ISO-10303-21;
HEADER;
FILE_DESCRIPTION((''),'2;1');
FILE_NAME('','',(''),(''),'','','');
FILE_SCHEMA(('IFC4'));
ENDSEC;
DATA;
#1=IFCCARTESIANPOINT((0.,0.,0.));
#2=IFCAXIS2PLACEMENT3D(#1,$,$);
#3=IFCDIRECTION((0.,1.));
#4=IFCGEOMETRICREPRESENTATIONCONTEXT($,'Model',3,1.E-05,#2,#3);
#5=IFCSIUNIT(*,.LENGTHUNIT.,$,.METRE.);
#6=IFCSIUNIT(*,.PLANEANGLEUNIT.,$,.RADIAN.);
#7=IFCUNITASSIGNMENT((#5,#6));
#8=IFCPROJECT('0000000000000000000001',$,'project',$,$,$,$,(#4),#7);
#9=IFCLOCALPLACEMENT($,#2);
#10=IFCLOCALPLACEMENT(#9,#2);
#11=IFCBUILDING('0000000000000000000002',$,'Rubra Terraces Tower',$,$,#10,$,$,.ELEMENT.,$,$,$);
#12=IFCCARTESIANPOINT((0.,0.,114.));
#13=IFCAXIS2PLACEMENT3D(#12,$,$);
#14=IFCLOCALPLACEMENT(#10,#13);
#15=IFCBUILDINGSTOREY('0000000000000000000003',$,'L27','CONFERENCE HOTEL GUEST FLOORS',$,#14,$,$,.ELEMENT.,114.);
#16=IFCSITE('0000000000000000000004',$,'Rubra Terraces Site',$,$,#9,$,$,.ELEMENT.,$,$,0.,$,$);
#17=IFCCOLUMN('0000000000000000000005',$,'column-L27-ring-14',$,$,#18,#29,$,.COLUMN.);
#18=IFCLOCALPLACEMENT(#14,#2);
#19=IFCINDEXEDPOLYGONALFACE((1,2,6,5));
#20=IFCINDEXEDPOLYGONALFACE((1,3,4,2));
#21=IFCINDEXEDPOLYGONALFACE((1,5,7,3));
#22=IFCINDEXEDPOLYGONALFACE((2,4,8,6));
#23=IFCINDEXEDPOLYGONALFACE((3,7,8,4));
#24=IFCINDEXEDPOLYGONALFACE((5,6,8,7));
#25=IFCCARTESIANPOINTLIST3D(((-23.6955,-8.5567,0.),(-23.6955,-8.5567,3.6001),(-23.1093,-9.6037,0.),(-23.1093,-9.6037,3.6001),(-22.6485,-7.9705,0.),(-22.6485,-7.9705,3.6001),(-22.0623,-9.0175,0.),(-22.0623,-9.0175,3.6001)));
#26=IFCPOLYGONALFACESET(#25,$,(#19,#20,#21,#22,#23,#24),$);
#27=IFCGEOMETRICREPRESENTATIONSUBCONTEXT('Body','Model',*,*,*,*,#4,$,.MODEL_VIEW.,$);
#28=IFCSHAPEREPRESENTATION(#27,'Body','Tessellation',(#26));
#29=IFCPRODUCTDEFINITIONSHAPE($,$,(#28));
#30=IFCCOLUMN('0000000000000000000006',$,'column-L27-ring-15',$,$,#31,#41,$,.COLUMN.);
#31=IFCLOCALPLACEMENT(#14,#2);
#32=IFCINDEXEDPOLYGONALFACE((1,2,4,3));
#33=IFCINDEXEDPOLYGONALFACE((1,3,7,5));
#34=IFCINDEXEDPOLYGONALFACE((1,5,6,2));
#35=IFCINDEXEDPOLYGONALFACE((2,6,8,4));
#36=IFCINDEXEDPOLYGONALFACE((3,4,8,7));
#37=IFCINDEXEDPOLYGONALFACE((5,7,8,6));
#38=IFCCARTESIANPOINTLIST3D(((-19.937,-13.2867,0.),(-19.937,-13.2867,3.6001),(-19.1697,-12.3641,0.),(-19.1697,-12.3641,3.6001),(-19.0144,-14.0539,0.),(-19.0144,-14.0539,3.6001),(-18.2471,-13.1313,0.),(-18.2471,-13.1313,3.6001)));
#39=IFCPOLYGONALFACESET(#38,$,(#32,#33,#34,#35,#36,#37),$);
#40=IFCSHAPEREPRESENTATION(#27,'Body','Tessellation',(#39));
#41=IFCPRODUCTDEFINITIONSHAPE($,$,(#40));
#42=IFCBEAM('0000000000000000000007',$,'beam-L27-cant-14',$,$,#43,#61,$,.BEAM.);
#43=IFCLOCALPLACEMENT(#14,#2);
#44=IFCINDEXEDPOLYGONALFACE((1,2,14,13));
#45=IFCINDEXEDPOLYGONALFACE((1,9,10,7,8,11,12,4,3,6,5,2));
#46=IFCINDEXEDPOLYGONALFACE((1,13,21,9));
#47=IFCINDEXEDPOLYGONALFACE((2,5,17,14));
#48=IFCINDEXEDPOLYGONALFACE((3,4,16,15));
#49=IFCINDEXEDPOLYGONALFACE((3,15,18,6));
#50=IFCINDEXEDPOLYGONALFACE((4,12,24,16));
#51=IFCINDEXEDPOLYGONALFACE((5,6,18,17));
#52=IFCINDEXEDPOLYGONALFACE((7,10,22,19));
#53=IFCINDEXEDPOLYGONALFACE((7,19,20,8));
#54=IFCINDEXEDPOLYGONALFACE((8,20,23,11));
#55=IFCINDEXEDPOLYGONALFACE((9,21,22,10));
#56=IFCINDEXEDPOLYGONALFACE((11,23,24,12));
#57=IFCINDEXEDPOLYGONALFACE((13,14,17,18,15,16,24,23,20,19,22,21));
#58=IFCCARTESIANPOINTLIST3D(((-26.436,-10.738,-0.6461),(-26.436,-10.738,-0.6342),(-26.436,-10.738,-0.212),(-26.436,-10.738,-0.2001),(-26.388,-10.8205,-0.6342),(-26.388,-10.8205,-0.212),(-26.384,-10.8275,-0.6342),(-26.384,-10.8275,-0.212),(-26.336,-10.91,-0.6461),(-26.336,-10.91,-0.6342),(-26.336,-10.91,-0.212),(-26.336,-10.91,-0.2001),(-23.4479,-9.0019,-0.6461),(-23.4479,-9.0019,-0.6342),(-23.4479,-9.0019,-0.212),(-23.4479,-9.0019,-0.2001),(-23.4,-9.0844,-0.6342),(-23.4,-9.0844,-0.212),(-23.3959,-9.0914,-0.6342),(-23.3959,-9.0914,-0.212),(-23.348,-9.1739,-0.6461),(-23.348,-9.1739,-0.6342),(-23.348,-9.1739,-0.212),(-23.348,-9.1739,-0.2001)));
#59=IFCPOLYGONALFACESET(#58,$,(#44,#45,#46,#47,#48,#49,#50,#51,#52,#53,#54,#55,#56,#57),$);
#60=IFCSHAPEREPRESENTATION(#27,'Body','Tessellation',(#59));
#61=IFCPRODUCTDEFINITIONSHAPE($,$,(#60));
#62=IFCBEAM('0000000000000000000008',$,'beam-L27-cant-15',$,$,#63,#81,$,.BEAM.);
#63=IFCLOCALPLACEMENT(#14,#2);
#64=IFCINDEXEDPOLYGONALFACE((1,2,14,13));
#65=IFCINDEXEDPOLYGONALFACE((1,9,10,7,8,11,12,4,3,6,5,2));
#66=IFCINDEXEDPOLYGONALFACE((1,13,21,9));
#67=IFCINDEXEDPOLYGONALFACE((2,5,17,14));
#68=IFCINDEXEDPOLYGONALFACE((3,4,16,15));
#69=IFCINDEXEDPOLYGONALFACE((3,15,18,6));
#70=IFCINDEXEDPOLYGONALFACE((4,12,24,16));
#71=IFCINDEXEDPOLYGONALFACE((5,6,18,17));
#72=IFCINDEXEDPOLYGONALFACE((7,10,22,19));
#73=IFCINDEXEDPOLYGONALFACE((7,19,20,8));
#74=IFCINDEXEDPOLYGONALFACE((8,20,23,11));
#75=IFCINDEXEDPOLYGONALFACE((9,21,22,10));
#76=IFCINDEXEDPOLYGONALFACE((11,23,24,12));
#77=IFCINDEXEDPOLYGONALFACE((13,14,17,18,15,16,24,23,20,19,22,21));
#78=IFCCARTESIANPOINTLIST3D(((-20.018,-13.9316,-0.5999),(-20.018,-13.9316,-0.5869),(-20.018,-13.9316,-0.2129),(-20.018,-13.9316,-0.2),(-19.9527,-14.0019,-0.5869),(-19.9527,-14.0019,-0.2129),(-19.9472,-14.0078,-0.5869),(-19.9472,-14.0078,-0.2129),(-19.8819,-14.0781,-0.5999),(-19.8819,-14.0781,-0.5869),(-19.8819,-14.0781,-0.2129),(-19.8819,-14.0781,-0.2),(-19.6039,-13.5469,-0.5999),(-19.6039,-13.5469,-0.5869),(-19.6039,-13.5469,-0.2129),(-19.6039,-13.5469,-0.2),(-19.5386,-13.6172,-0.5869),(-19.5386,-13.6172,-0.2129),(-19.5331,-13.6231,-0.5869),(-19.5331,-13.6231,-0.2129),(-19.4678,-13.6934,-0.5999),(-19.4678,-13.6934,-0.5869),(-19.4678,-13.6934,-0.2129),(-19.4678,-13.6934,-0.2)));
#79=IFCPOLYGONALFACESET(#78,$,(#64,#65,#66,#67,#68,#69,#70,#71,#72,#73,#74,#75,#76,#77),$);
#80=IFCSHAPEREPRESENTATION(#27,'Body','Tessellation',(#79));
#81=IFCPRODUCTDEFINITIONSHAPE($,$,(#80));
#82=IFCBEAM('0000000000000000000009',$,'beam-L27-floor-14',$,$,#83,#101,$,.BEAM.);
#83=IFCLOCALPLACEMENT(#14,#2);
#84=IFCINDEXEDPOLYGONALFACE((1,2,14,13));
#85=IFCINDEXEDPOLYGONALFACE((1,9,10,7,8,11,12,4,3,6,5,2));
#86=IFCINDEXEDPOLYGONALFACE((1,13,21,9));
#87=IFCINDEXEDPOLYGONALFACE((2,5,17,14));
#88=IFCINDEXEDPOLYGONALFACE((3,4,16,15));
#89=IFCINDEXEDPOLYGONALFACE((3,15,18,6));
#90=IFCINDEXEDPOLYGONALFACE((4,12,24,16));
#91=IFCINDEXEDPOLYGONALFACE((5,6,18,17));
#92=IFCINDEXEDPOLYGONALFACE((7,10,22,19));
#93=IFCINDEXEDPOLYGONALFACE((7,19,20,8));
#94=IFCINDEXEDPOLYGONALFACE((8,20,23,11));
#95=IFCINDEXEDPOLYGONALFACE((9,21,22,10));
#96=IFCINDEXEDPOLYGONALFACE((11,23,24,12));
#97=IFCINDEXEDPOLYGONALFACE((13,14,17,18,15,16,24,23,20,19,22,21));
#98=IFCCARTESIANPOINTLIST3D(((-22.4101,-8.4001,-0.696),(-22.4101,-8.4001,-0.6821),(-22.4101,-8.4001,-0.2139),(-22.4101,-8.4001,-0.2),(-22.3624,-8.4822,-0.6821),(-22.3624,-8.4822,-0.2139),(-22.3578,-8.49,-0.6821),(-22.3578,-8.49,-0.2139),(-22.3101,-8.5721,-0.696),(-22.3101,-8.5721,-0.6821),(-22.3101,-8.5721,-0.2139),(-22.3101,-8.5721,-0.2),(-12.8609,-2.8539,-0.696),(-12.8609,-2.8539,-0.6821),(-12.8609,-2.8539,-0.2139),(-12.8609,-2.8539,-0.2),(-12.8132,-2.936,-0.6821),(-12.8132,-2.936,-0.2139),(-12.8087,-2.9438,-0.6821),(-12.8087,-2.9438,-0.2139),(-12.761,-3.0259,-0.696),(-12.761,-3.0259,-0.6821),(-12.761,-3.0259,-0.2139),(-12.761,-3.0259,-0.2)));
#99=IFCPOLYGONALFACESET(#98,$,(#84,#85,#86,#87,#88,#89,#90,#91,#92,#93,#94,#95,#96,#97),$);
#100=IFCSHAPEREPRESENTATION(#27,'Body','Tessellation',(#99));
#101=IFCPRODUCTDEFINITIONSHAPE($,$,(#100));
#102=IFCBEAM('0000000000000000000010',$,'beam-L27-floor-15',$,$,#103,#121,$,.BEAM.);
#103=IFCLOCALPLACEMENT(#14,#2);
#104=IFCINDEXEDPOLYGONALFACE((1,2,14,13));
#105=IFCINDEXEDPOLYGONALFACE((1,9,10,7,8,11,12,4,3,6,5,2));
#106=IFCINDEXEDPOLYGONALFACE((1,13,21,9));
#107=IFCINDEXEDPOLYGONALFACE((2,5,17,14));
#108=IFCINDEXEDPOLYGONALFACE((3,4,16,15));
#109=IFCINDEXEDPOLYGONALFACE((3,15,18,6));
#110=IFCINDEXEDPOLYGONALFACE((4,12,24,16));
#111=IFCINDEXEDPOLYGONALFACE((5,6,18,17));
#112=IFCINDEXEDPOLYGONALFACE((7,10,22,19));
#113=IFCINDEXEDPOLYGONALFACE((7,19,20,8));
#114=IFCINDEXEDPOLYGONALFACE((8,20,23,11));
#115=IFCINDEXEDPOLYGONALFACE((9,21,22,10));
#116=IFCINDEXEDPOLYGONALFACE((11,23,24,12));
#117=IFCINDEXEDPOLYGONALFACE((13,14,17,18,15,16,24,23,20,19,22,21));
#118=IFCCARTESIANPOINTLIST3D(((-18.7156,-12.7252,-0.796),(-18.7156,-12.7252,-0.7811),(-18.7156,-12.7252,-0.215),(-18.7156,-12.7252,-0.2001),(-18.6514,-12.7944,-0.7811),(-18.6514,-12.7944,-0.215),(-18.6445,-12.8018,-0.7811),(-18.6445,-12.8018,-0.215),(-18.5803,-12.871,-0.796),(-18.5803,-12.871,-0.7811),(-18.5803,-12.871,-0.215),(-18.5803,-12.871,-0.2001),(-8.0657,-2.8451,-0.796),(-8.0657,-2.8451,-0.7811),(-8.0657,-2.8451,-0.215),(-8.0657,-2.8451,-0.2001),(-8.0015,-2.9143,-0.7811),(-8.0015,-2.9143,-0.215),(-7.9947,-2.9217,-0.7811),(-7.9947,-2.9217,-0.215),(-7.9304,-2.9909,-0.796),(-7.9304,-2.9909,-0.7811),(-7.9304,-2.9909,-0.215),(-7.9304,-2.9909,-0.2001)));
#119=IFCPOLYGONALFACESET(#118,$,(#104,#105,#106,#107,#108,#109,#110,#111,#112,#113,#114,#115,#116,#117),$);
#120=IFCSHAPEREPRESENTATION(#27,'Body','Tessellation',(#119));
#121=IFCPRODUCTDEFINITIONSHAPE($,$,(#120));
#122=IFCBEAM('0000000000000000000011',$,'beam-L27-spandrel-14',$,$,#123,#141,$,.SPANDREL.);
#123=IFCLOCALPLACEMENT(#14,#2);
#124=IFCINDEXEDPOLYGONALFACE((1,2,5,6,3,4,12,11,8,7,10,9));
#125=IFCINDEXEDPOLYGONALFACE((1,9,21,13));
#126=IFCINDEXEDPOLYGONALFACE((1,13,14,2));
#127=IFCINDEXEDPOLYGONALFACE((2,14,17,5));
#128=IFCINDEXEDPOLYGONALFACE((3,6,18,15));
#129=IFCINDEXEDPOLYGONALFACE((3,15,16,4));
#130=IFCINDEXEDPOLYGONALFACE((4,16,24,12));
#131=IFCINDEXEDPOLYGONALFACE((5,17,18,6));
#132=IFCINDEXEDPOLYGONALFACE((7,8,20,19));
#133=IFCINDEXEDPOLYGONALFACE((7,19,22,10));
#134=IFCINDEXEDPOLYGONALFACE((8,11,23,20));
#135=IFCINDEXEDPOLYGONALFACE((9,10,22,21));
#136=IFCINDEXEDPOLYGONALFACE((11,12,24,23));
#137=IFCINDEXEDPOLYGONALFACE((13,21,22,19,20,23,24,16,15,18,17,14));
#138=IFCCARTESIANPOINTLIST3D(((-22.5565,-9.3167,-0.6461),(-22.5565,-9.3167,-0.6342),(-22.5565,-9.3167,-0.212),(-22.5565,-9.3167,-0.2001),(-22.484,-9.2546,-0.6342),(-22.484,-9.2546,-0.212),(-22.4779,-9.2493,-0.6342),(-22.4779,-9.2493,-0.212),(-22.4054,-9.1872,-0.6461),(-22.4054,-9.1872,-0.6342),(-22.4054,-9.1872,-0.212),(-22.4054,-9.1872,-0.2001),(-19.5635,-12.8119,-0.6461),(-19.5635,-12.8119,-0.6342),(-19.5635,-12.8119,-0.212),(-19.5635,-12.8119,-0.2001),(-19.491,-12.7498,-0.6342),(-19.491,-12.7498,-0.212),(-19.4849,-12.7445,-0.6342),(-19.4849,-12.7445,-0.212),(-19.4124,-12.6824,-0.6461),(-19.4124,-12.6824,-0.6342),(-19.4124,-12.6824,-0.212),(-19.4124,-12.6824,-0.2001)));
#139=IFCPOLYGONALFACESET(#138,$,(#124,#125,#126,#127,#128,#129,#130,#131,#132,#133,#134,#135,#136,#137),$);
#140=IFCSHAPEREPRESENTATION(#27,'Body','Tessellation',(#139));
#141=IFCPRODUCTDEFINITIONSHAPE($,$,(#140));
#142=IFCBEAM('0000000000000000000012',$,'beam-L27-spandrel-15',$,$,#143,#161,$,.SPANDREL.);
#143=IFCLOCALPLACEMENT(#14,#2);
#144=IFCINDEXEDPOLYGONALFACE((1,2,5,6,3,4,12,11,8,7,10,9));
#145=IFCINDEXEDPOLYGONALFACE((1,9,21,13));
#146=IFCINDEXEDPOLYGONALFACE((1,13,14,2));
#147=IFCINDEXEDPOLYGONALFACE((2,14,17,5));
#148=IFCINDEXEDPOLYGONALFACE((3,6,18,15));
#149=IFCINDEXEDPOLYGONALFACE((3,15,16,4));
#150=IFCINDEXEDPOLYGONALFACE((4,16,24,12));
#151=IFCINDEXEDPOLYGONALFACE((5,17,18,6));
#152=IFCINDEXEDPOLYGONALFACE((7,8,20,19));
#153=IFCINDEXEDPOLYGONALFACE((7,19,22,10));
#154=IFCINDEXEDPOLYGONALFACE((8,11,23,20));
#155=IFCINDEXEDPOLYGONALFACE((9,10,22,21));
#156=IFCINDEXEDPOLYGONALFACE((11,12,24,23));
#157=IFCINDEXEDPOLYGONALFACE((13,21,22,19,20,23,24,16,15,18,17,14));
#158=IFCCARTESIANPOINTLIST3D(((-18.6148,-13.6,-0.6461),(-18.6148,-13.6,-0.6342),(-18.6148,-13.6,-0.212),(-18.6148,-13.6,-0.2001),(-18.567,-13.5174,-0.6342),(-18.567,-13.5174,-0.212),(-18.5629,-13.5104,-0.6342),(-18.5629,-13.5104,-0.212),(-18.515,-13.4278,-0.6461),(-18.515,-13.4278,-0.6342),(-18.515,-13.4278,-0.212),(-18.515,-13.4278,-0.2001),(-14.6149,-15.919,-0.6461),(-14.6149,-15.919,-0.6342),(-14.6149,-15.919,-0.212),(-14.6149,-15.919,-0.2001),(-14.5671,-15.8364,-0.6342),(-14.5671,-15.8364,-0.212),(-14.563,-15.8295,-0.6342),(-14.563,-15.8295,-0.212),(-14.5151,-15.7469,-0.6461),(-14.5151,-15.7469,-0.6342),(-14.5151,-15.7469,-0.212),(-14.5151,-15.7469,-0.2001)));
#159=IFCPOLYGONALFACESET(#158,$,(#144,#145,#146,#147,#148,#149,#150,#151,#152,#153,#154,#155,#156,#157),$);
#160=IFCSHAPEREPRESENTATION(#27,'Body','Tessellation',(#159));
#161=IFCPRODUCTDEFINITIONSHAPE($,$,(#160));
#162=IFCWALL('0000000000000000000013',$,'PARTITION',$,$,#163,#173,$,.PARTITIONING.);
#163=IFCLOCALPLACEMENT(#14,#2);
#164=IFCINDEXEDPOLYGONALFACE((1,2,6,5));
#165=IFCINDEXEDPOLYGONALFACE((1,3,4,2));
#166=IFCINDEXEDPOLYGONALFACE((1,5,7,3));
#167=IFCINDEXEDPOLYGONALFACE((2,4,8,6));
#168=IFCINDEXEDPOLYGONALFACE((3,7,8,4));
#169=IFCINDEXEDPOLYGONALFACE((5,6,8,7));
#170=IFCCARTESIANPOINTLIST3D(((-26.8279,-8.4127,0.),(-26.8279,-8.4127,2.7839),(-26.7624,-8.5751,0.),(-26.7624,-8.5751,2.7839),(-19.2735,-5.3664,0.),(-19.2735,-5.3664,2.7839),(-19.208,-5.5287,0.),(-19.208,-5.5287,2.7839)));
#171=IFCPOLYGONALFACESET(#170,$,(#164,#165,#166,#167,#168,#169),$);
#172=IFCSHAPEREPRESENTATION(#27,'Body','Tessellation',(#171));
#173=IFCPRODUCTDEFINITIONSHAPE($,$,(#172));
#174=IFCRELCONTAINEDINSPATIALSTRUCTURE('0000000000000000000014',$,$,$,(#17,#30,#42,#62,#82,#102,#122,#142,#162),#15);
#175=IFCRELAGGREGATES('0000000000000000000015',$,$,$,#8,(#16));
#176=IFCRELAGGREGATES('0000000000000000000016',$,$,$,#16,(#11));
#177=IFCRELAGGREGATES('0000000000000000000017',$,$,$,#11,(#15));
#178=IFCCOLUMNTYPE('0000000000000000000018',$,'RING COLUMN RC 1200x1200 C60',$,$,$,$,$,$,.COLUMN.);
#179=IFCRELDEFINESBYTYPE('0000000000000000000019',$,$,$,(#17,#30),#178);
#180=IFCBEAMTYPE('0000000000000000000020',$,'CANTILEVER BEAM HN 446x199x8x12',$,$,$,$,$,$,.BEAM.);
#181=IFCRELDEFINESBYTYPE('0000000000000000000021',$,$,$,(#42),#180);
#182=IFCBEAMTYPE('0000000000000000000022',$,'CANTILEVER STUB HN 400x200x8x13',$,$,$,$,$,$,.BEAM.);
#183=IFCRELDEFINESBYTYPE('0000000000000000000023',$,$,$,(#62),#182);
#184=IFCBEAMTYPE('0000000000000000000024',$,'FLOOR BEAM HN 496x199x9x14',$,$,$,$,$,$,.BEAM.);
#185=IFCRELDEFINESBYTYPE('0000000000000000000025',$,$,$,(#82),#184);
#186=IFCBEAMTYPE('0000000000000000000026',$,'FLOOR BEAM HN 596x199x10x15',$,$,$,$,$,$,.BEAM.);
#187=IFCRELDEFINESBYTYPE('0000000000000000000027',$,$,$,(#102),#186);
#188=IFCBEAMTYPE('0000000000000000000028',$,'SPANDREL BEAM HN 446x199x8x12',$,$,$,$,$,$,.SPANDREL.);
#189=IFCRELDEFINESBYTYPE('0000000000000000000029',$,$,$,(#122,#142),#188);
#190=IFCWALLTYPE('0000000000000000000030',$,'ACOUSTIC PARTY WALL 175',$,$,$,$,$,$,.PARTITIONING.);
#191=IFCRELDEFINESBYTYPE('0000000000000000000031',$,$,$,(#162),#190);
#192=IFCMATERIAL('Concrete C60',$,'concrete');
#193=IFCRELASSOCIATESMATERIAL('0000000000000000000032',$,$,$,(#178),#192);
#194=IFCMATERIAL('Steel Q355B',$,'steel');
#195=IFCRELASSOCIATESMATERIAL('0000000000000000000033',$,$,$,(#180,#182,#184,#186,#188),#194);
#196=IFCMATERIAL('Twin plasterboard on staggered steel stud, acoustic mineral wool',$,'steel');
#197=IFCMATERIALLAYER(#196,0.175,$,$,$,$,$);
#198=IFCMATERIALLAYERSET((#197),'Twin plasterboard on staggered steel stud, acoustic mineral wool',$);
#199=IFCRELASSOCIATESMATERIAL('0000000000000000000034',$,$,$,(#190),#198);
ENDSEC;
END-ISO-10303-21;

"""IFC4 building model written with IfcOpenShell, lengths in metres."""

from ifc_helpers import new_model, si_unit, direction, frame, frame_2d, origin, origin_2d, place, context, subcontext, project, spatial, rectangle, i_section, extrude, material, layer, layer_set, material_profile, profile_set, type_object, element, save


model = new_model("IFC4")

# Units and contexts
model_context = context("Model", 3, precision=1e-05, world=origin(), true_north=direction((0.0, 1.0)))
body_context = subcontext(model_context, "Body", "Model", "MODEL_VIEW")
ifc_project = project(units=[si_unit("LENGTHUNIT", "METRE"), si_unit("PLANEANGLEUNIT", "RADIAN")], contexts=[model_context])

# Site, building, storey
site_placement = place(None, origin())
site = spatial("IfcSite", under=ifc_project, at=site_placement, Name="Rubra Terraces Site", CompositionType="ELEMENT", RefElevation=0.0)
building_placement = place(site_placement, origin())
building = spatial("IfcBuilding", under=site, at=building_placement, Name="Rubra Terraces Tower", CompositionType="ELEMENT")
storey_placement = place(building_placement, frame((0.0, 0.0, 114.0)))
storey = spatial("IfcBuildingStorey", under=building, at=storey_placement, Name="L27", Description="CONFERENCE HOTEL GUEST FLOORS", CompositionType="ELEMENT", Elevation=114.0)

# Columns
ifc_material_1 = material(Name="Concrete C60", Category="concrete")
ifc_material_profile_1 = material_profile(ifc_material_1, rectangle(XDim=1.2, YDim=1.2, at=origin_2d()), Name="RC 1200x1200")
ifc_profile_set_1 = profile_set([ifc_material_profile_1], Name="Concrete C60")
column_type = type_object("IfcColumnType", Name="RING COLUMN RC 1200x1200 C60", PredefinedType="COLUMN", material=ifc_profile_set_1)
for number, where, z_axis, x_axis, name in (
    (1, (-22.8789, -8.7871, 0.0), (0.0, 0.0, 1.0), (0.488526, -0.872549, 0.0), "column-L27-ring-14"),
    (2, (-19.092, -13.209, 0.0), (0.0, 0.0, 1.0), (0.76887, -0.639405, 0.0), "column-L27-ring-15"),
):
    element("IfcColumn", number, at=place(storey_placement, frame(where, z_axis=z_axis, x_axis=x_axis)), inside=storey, type_object=column_type, Name=name, PredefinedType="COLUMN", context=body_context, shape_type="SweptSolid", body=[
        extrude(rectangle(XDim=1.2, YDim=1.2, at=origin_2d()), origin(), (0.0, 0.0, 1.0), 3.6001),
    ])

# Beams
ifc_material_2 = material(Name="Steel Q355B", Category="steel")
ifc_material_profile_2 = material_profile(ifc_material_2, i_section(OverallWidth=0.199, OverallDepth=0.446, WebThickness=0.0081, FlangeThickness=0.012, at=origin_2d()), Name="HN 446x199x8x12")
ifc_profile_set_2 = profile_set([ifc_material_profile_2], Name="Steel Q355B")
beam_type_1 = type_object("IfcBeamType", Name="CANTILEVER BEAM HN 446x199x8x12", PredefinedType="BEAM", material=ifc_profile_set_2)
beam_1_placement = place(storey_placement, frame((-23.3979, -9.0879, -0.4231), z_axis=(-0.864651, -0.502372, 0.0), x_axis=(0.502372, -0.864651, 0.0)))
element("IfcBeam", 3, at=beam_1_placement, inside=storey, type_object=beam_type_1, Name="beam-L27-cant-14", PredefinedType="BEAM", context=body_context, shape_type="SweptSolid", body=[
    extrude(i_section(OverallWidth=0.199, OverallDepth=0.446, WebThickness=0.0081, FlangeThickness=0.012, at=origin_2d()), origin(), (0.0, 0.0, 1.0), 3.4558),
])
ifc_material_profile_3 = material_profile(ifc_material_2, i_section(OverallWidth=0.2, OverallDepth=0.3999, WebThickness=0.0081, FlangeThickness=0.0129, at=origin_2d()), Name="HN 400x200x8x13")
ifc_profile_set_3 = profile_set([ifc_material_profile_3], Name="Steel Q355B")
beam_type_2 = type_object("IfcBeamType", Name="CANTILEVER STUB HN 400x200x8x13", PredefinedType="BEAM", material=ifc_profile_set_3)
beam_2_placement = place(storey_placement, frame((-19.5359, -13.6201, -0.3999), z_axis=(-0.732547, -0.680716, 0.0), x_axis=(0.680716, -0.732547, 0.0)))
element("IfcBeam", 4, at=beam_2_placement, inside=storey, type_object=beam_type_2, Name="beam-L27-cant-15", PredefinedType="BEAM", context=body_context, shape_type="SweptSolid", body=[
    extrude(i_section(OverallWidth=0.2, OverallDepth=0.3999, WebThickness=0.0081, FlangeThickness=0.0129, at=origin_2d()), origin(), (0.0, 0.0, 1.0), 0.5652),
])
ifc_material_profile_4 = material_profile(ifc_material_2, i_section(OverallWidth=0.199, OverallDepth=0.4961, WebThickness=0.009, FlangeThickness=0.0139, at=origin_2d()), Name="HN 496x199x9x14")
ifc_profile_set_4 = profile_set([ifc_material_profile_4], Name="Steel Q355B")
beam_type_3 = type_object("IfcBeamType", Name="FLOOR BEAM HN 496x199x9x14", PredefinedType="BEAM", material=ifc_profile_set_4)
beam_3_placement = place(storey_placement, frame((-22.3601, -8.4861, -0.448), z_axis=(0.864729, 0.502238, 0.0), x_axis=(-0.502238, 0.864729, 0.0)))
element("IfcBeam", 5, at=beam_3_placement, inside=storey, type_object=beam_type_3, Name="beam-L27-floor-14", PredefinedType="BEAM", context=body_context, shape_type="SweptSolid", body=[
    extrude(i_section(OverallWidth=0.199, OverallDepth=0.4961, WebThickness=0.009, FlangeThickness=0.0139, at=origin_2d()), origin(), (0.0, 0.0, 1.0), 11.043),
])
ifc_material_profile_5 = material_profile(ifc_material_2, i_section(OverallWidth=0.199, OverallDepth=0.5959, WebThickness=0.01, FlangeThickness=0.0149, at=origin_2d()), Name="HN 596x199x10x15")
ifc_profile_set_5 = profile_set([ifc_material_profile_5], Name="Steel Q355B")
beam_type_4 = type_object("IfcBeamType", Name="FLOOR BEAM HN 596x199x10x15", PredefinedType="BEAM", material=ifc_profile_set_5)
beam_4_placement = place(storey_placement, frame((-18.6479, -12.7981, -0.498), z_axis=(0.733105, 0.680116, 0.0), x_axis=(-0.680116, 0.733105, 0.0)))
element("IfcBeam", 6, at=beam_4_placement, inside=storey, type_object=beam_type_4, Name="beam-L27-floor-15", PredefinedType="BEAM", context=body_context, shape_type="SweptSolid", body=[
    extrude(i_section(OverallWidth=0.199, OverallDepth=0.5959, WebThickness=0.01, FlangeThickness=0.0149, at=origin_2d()), origin(), (0.0, 0.0, 1.0), 14.5271),
])
ifc_material_profile_6 = material_profile(ifc_material_2, i_section(OverallWidth=0.199, OverallDepth=0.446, WebThickness=0.0081, FlangeThickness=0.012, at=origin_2d()), Name="HN 446x199x8x12")
ifc_profile_set_6 = profile_set([ifc_material_profile_6], Name="Steel Q355B")
beam_type_5 = type_object("IfcBeamType", Name="SPANDREL BEAM HN 446x199x8x12", PredefinedType="SPANDREL", material=ifc_profile_set_6)
beam_5_placement = place(storey_placement, frame((-22.481, -9.252, -0.4231), z_axis=(0.650429, -0.759567, 0.0), x_axis=(0.759567, 0.650429, 0.0)))
element("IfcBeam", 7, at=beam_5_placement, inside=storey, type_object=beam_type_5, Name="beam-L27-spandrel-14", PredefinedType="SPANDREL", context=body_context, shape_type="SweptSolid", body=[
    extrude(i_section(OverallWidth=0.199, OverallDepth=0.446, WebThickness=0.0081, FlangeThickness=0.012, at=origin_2d()), origin(), (0.0, 0.0, 1.0), 4.6016),
])
beam_6_placement = place(storey_placement, frame((-18.5649, -13.5139, -0.4231), z_axis=(0.865116, -0.501571, 0.0), x_axis=(0.501571, 0.865116, 0.0)))
element("IfcBeam", 8, at=beam_6_placement, inside=storey, type_object=beam_type_5, Name="beam-L27-spandrel-15", PredefinedType="SPANDREL", context=body_context, shape_type="SweptSolid", body=[
    extrude(i_section(OverallWidth=0.199, OverallDepth=0.446, WebThickness=0.0081, FlangeThickness=0.012, at=origin_2d()), origin(), (0.0, 0.0, 1.0), 4.6235),
])

# Wall
ifc_material_3 = material(Name="Twin plasterboard on staggered steel stud, acoustic mineral wool", Category="steel")
ifc_layer_1 = layer(ifc_material_3, 0.175)
ifc_layer_set_1 = layer_set([ifc_layer_1], Name="Twin plasterboard on staggered steel stud, acoustic mineral wool")
wall_type_1 = type_object("IfcWallType", Name="ACOUSTIC PARTY WALL 175", PredefinedType="PARTITIONING", material=ifc_layer_set_1)
wall_1_placement = place(storey_placement, frame((-26.7952, -8.4939, 0.0), z_axis=(0.0, 0.0, 1.0), x_axis=(0.927431, 0.373994, 0.0)))
element("IfcWall", 9, at=wall_1_placement, inside=storey, type_object=wall_type_1, Name="PARTITION", PredefinedType="PARTITIONING", context=body_context, shape_type="SweptSolid", body=[
    extrude(rectangle(XDim=8.1455, YDim=0.175, at=frame_2d((4.0728, 0.0))), origin(), (0.0, 0.0, 1.0), 2.7839),
])

save(model, "model.ifc")
